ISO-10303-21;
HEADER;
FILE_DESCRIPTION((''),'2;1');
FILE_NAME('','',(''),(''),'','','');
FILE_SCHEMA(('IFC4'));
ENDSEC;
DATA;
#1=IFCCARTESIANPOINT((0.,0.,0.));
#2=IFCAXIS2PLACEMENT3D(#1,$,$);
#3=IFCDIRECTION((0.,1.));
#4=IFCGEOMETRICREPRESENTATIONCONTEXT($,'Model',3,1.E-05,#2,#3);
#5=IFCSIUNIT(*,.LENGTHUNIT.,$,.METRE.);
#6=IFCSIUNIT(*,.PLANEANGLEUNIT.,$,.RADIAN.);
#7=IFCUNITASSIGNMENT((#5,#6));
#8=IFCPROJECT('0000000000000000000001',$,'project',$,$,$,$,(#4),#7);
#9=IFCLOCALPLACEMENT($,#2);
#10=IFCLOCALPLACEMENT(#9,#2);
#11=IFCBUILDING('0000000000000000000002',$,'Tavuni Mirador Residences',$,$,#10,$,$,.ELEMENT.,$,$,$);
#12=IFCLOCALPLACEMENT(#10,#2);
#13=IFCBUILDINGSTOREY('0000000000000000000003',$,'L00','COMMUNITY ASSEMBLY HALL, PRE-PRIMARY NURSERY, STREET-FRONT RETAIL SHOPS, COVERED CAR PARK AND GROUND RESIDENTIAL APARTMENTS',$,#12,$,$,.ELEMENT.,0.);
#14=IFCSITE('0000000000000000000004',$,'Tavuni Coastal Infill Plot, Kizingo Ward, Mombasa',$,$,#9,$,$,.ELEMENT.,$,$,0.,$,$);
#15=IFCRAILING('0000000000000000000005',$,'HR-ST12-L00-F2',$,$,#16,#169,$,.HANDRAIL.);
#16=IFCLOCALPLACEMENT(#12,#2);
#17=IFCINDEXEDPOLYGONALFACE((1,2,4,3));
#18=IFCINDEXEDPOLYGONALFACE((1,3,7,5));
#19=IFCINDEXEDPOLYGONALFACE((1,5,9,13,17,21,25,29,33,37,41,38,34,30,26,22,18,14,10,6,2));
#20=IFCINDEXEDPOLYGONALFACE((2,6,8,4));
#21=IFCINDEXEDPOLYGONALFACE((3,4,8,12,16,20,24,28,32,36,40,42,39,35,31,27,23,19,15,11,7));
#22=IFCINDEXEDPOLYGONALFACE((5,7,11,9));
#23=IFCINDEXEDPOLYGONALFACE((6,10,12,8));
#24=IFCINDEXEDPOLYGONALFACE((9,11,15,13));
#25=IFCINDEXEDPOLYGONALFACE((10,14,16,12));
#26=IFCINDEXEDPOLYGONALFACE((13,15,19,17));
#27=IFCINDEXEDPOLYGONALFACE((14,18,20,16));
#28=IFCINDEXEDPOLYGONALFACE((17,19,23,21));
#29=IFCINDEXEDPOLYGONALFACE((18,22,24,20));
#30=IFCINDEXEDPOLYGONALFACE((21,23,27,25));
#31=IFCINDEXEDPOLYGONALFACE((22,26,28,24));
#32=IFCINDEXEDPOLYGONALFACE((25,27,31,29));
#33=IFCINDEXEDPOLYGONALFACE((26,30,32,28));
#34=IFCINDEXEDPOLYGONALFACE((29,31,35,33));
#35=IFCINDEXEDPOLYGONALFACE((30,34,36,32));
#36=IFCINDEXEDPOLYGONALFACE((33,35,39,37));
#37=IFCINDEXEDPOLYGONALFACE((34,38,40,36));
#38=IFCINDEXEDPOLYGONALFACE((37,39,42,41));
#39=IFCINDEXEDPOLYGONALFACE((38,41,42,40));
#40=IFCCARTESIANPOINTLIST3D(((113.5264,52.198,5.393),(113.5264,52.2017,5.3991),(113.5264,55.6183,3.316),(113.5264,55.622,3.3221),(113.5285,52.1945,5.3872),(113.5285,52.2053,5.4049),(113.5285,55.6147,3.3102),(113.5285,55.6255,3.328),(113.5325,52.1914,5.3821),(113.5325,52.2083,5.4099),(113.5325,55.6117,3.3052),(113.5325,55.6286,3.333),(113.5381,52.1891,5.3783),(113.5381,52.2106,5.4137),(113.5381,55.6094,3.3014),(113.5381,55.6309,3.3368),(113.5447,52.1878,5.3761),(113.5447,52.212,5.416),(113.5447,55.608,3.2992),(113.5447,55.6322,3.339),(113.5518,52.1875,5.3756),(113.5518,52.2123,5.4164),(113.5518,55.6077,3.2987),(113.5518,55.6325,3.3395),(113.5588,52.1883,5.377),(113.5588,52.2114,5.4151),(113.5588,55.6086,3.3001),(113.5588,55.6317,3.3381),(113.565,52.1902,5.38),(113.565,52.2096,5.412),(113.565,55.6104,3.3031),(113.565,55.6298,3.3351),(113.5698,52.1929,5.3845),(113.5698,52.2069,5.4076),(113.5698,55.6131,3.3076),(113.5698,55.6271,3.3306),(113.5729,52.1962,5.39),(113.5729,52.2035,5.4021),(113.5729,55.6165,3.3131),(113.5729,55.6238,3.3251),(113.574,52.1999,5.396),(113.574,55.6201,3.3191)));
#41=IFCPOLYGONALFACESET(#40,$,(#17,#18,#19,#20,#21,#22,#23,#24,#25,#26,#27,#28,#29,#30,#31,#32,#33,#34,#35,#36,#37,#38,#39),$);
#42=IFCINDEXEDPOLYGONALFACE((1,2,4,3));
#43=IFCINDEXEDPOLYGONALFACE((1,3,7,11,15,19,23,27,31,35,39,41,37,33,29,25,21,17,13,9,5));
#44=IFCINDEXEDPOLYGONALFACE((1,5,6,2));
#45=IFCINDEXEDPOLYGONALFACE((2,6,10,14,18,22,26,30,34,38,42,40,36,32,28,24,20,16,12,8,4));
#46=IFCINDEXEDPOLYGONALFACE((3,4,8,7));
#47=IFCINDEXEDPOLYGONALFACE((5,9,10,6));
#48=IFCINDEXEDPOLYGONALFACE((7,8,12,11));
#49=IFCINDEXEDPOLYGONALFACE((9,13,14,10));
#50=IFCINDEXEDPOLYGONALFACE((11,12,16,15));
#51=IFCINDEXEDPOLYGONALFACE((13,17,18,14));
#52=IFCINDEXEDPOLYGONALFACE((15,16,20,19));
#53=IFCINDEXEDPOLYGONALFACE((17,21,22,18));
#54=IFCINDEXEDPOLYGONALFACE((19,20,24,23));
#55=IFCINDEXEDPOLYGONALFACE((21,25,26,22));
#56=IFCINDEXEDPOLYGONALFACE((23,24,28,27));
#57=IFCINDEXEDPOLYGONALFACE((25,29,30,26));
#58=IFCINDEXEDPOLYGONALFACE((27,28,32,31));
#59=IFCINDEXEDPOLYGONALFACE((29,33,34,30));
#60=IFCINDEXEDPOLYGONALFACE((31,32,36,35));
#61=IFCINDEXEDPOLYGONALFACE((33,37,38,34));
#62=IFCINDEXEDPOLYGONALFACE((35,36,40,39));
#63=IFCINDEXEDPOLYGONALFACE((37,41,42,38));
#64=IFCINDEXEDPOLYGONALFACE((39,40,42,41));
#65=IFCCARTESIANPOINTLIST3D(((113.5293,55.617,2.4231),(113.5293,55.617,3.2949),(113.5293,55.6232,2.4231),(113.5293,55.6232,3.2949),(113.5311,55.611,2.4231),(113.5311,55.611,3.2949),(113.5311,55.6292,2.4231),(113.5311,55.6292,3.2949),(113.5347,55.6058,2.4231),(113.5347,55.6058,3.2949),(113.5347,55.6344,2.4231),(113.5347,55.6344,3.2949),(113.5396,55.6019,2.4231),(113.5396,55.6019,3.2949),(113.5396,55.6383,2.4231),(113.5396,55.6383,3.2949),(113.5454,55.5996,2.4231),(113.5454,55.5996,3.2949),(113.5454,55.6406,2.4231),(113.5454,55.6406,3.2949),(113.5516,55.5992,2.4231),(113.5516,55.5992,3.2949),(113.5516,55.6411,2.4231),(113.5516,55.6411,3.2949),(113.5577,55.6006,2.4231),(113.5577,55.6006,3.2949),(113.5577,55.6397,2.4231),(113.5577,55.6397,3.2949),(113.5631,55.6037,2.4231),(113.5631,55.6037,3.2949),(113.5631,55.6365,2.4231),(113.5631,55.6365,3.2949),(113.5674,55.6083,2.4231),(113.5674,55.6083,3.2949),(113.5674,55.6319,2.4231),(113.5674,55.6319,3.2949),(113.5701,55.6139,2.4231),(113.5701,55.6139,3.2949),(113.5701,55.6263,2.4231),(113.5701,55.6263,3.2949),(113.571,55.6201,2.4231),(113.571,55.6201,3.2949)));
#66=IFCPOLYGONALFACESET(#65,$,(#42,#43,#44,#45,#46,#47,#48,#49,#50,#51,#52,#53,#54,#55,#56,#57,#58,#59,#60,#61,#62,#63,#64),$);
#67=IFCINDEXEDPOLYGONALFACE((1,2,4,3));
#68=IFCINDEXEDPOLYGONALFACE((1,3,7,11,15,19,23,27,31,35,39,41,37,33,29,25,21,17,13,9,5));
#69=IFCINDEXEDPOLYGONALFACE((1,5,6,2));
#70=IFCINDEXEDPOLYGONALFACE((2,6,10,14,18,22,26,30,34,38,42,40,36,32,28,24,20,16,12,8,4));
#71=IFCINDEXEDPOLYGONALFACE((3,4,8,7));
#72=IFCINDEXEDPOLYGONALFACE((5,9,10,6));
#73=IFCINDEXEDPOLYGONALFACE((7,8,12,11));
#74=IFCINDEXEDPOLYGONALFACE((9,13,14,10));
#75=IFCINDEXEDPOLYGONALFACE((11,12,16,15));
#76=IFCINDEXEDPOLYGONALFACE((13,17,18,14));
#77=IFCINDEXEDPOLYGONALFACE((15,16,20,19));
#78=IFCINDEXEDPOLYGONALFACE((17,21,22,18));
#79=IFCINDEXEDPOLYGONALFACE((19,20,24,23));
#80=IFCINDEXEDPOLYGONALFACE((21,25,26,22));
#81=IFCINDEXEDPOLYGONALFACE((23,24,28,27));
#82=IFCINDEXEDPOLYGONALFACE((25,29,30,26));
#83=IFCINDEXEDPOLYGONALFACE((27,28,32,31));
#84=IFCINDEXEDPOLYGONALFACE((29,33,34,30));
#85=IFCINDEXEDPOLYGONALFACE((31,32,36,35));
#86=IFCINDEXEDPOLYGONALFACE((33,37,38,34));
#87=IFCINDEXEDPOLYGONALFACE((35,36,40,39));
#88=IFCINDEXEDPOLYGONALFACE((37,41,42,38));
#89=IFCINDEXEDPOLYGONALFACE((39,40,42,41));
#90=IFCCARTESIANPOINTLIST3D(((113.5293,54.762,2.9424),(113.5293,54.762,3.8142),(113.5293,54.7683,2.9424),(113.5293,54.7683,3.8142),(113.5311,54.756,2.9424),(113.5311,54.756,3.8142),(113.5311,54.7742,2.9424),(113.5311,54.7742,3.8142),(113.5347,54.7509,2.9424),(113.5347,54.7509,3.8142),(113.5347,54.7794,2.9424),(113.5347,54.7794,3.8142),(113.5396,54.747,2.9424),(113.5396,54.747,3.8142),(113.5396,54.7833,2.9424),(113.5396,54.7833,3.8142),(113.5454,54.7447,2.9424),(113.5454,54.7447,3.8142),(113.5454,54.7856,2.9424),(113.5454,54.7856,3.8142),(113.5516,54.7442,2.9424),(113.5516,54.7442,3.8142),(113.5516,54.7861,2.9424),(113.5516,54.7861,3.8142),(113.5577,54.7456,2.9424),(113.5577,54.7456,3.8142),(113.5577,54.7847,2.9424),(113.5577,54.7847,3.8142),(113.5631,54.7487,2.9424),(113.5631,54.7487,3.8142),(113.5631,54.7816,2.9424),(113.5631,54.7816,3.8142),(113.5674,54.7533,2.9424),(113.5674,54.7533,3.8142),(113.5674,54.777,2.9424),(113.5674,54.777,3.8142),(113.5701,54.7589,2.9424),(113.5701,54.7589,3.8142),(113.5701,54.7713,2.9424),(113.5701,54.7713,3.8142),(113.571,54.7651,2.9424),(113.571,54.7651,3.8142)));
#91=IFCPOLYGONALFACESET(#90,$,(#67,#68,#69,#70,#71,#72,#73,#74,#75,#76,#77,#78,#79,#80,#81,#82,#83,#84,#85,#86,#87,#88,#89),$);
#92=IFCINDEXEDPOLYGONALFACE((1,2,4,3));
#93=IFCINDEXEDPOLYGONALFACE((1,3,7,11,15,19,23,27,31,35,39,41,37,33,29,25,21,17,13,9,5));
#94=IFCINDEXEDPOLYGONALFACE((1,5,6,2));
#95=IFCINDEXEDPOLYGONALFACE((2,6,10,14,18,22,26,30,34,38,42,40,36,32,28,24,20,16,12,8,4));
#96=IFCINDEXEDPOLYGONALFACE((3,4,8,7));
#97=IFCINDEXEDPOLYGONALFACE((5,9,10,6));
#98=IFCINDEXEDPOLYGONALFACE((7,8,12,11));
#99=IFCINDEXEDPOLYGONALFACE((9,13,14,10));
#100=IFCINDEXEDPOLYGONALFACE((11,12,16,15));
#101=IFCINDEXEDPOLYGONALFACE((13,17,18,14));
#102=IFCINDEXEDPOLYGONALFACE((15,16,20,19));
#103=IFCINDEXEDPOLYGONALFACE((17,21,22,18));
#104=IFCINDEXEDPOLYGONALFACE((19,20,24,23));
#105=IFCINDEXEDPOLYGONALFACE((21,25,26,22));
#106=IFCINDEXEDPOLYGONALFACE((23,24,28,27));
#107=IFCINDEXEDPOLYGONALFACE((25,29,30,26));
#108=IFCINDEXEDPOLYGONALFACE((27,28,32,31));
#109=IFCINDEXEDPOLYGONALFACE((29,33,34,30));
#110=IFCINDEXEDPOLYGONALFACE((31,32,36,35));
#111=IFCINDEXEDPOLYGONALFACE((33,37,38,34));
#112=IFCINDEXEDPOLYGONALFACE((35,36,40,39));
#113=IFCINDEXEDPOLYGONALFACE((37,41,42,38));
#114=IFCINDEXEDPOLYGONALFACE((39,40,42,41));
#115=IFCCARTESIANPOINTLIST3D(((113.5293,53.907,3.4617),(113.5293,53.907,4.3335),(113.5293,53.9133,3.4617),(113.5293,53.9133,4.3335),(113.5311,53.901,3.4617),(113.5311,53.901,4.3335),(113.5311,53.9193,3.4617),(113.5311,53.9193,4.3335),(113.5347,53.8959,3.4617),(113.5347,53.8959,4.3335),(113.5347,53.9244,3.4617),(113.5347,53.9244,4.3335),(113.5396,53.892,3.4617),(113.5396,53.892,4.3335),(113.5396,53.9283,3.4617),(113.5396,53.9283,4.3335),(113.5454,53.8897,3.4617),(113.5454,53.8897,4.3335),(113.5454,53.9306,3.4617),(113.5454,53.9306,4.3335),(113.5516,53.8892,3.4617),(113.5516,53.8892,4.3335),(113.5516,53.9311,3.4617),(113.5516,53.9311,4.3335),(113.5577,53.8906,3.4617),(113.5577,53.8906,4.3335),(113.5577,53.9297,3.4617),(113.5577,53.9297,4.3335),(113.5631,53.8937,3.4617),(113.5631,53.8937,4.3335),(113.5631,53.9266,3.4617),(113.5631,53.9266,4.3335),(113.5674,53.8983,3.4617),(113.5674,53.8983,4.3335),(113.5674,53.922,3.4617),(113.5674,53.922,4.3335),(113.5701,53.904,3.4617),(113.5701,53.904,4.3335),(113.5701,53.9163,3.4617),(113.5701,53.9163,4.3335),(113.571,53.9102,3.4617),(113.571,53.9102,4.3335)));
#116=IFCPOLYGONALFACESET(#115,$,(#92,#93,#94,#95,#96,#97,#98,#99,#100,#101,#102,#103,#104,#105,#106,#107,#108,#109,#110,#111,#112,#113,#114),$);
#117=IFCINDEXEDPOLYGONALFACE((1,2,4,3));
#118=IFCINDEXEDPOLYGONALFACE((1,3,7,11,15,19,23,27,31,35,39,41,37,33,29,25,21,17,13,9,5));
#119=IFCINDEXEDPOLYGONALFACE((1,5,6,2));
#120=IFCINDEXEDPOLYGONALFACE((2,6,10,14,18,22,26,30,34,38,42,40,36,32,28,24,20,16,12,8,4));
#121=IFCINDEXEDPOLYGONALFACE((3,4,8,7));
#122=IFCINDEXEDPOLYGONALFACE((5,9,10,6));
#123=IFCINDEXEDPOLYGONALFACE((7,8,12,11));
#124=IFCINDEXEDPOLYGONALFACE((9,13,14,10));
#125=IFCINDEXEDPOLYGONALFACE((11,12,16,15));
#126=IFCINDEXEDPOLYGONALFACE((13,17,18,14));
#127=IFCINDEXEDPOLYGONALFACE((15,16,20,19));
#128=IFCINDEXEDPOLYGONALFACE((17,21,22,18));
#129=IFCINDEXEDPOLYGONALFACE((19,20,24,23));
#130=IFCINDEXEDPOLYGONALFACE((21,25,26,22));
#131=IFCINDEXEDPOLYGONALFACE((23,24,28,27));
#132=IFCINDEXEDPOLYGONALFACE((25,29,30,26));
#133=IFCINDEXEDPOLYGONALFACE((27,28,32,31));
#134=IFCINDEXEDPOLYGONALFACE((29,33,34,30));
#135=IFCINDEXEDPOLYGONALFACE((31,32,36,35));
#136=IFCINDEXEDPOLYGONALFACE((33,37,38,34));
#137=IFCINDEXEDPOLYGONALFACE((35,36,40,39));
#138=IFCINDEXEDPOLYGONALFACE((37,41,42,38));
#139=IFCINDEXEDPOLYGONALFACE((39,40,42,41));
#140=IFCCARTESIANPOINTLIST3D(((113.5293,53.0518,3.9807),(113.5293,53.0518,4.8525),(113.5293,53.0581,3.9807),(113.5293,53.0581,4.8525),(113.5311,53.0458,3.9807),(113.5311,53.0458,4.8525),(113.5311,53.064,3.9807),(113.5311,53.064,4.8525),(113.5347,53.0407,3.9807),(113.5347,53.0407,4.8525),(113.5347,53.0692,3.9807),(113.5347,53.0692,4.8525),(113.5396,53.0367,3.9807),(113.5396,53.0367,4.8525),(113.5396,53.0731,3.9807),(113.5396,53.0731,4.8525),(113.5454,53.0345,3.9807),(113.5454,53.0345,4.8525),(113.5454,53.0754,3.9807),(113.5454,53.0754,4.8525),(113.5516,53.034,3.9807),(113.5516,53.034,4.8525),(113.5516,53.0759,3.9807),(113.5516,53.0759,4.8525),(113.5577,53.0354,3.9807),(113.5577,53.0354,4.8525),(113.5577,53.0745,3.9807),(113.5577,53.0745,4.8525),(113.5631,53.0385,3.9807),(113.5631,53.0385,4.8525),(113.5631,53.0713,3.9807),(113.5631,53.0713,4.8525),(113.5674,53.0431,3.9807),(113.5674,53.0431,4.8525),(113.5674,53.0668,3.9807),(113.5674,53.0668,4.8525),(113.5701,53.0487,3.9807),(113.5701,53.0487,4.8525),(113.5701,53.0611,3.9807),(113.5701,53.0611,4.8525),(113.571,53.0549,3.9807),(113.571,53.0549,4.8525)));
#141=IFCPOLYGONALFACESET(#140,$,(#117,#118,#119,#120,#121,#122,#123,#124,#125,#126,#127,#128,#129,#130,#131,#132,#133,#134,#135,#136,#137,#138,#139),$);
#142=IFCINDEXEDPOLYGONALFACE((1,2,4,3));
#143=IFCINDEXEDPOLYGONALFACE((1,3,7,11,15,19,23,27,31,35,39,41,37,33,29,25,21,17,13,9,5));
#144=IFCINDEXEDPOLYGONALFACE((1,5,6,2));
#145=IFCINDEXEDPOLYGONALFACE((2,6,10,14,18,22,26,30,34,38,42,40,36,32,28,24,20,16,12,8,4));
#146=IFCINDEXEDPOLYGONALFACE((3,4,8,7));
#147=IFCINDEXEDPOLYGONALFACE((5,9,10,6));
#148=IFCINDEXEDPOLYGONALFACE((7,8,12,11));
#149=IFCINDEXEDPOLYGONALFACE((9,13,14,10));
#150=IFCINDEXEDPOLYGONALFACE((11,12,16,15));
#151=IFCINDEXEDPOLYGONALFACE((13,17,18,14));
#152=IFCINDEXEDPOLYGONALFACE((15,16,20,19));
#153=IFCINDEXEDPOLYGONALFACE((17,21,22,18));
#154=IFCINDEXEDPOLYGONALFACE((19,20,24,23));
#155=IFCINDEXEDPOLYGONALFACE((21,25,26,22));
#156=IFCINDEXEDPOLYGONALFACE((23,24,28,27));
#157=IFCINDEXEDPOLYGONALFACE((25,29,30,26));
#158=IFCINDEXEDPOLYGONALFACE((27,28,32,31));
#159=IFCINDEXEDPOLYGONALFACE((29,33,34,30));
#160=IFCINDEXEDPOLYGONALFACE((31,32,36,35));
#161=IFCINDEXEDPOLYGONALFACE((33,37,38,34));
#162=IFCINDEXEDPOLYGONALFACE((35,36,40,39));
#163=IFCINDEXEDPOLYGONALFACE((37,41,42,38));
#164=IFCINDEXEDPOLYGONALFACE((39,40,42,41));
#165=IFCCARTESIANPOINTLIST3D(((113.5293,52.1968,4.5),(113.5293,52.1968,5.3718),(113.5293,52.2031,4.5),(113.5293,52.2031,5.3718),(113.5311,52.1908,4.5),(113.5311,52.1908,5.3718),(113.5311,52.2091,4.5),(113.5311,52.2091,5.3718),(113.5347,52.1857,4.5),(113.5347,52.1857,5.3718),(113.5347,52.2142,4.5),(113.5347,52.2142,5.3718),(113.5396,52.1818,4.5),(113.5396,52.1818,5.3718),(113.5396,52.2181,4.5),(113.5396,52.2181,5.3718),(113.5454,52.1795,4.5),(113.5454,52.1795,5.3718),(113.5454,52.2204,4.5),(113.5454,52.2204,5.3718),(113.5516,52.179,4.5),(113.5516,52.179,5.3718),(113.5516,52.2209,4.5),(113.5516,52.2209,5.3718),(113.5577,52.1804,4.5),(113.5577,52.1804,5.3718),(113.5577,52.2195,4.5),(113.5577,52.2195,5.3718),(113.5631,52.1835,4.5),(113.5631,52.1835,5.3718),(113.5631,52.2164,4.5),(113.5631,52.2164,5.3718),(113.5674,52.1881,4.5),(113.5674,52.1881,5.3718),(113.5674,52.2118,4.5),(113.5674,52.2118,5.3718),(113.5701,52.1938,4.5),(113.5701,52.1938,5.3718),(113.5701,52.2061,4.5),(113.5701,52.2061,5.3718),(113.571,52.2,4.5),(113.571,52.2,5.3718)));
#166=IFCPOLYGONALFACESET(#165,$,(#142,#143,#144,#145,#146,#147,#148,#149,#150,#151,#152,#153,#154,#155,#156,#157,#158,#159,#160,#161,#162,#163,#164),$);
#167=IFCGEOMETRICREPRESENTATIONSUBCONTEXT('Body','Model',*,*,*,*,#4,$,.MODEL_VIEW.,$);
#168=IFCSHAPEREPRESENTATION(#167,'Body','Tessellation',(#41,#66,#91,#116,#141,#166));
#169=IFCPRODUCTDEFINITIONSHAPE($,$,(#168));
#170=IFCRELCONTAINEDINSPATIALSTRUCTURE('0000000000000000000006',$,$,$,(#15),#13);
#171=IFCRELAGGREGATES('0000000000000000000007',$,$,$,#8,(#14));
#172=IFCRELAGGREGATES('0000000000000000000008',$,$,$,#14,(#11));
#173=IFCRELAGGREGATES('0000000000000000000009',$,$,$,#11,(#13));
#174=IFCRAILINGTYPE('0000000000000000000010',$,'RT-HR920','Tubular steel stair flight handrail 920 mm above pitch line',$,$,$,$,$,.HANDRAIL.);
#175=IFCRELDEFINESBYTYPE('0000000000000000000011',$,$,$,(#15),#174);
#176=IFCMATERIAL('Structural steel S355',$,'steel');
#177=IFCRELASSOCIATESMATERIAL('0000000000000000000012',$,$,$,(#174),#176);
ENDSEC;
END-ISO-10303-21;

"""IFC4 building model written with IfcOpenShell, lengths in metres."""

from ifc_helpers import new_model, si_unit, direction, frame, origin, origin_2d, place, context, subcontext, project, spatial, circle, extrude, material, type_object, element, save


model = new_model("IFC4")

# Units and contexts
model_context = context("Model", 3, precision=1e-05, world=origin(), true_north=direction((0.0, 1.0)))
body_context = subcontext(model_context, "Body", "Model", "MODEL_VIEW")
ifc_project = project(units=[si_unit("LENGTHUNIT", "METRE"), si_unit("PLANEANGLEUNIT", "RADIAN")], contexts=[model_context])

# Site, building, storey
site_placement = place(None, origin())
site = spatial("IfcSite", under=ifc_project, at=site_placement, Name="Tavuni Coastal Infill Plot, Kizingo Ward, Mombasa", CompositionType="ELEMENT", RefElevation=0.0)
building_placement = place(site_placement, origin())
building = spatial("IfcBuilding", under=site, at=building_placement, Name="Tavuni Mirador Residences", CompositionType="ELEMENT")
storey_placement = place(building_placement, origin())
storey = spatial("IfcBuildingStorey", under=building, at=storey_placement, Name="L00", Description="COMMUNITY ASSEMBLY HALL, PRE-PRIMARY NURSERY, STREET-FRONT RETAIL SHOPS, COVERED CAR PARK AND GROUND RESIDENTIAL APARTMENTS", CompositionType="ELEMENT", Elevation=0.0)

# Railing
ifc_material_1 = material(Name="Structural steel S355", Category="steel")
railing_type_1 = type_object("IfcRailingType", Name="RT-HR920", Description="Tubular steel stair flight handrail 920 mm above pitch line", PredefinedType="HANDRAIL", material=ifc_material_1)
railing_1_placement = place(storey_placement, frame((113.55, 55.6201, 2.4231)))
element("IfcRailing", 1, at=railing_1_placement, inside=storey, type_object=railing_type_1, Name="HR-ST12-L00-F2", PredefinedType="HANDRAIL", context=body_context, shape_type="SweptSolid", body=[
    extrude(circle(Radius=0.0239, at=origin_2d()), frame((0.0, 0.0, 0.896), z_axis=(0.0, -0.854746, 0.519047), x_axis=(1.0, 0.0, 0.0)), (0.0, 0.0, 1.0), 4.0015),
    extrude(circle(Radius=0.021, at=origin_2d()), origin(), (0.0, 0.0, 1.0), 0.8718),
    extrude(circle(Radius=0.021, at=origin_2d()), frame((0.0, -0.855, 0.5193)), (0.0, 0.0, 1.0), 0.8718),
    extrude(circle(Radius=0.021, at=origin_2d()), frame((0.0, -1.71, 1.0386)), (0.0, 0.0, 1.0), 0.8718),
    extrude(circle(Radius=0.021, at=origin_2d()), frame((0.0, -2.5652, 1.5576)), (0.0, 0.0, 1.0), 0.8718),
    extrude(circle(Radius=0.021, at=origin_2d()), frame((0.0, -3.4202, 2.0769)), (0.0, 0.0, 1.0), 0.8718),
])

save(model, "model.ifc")
